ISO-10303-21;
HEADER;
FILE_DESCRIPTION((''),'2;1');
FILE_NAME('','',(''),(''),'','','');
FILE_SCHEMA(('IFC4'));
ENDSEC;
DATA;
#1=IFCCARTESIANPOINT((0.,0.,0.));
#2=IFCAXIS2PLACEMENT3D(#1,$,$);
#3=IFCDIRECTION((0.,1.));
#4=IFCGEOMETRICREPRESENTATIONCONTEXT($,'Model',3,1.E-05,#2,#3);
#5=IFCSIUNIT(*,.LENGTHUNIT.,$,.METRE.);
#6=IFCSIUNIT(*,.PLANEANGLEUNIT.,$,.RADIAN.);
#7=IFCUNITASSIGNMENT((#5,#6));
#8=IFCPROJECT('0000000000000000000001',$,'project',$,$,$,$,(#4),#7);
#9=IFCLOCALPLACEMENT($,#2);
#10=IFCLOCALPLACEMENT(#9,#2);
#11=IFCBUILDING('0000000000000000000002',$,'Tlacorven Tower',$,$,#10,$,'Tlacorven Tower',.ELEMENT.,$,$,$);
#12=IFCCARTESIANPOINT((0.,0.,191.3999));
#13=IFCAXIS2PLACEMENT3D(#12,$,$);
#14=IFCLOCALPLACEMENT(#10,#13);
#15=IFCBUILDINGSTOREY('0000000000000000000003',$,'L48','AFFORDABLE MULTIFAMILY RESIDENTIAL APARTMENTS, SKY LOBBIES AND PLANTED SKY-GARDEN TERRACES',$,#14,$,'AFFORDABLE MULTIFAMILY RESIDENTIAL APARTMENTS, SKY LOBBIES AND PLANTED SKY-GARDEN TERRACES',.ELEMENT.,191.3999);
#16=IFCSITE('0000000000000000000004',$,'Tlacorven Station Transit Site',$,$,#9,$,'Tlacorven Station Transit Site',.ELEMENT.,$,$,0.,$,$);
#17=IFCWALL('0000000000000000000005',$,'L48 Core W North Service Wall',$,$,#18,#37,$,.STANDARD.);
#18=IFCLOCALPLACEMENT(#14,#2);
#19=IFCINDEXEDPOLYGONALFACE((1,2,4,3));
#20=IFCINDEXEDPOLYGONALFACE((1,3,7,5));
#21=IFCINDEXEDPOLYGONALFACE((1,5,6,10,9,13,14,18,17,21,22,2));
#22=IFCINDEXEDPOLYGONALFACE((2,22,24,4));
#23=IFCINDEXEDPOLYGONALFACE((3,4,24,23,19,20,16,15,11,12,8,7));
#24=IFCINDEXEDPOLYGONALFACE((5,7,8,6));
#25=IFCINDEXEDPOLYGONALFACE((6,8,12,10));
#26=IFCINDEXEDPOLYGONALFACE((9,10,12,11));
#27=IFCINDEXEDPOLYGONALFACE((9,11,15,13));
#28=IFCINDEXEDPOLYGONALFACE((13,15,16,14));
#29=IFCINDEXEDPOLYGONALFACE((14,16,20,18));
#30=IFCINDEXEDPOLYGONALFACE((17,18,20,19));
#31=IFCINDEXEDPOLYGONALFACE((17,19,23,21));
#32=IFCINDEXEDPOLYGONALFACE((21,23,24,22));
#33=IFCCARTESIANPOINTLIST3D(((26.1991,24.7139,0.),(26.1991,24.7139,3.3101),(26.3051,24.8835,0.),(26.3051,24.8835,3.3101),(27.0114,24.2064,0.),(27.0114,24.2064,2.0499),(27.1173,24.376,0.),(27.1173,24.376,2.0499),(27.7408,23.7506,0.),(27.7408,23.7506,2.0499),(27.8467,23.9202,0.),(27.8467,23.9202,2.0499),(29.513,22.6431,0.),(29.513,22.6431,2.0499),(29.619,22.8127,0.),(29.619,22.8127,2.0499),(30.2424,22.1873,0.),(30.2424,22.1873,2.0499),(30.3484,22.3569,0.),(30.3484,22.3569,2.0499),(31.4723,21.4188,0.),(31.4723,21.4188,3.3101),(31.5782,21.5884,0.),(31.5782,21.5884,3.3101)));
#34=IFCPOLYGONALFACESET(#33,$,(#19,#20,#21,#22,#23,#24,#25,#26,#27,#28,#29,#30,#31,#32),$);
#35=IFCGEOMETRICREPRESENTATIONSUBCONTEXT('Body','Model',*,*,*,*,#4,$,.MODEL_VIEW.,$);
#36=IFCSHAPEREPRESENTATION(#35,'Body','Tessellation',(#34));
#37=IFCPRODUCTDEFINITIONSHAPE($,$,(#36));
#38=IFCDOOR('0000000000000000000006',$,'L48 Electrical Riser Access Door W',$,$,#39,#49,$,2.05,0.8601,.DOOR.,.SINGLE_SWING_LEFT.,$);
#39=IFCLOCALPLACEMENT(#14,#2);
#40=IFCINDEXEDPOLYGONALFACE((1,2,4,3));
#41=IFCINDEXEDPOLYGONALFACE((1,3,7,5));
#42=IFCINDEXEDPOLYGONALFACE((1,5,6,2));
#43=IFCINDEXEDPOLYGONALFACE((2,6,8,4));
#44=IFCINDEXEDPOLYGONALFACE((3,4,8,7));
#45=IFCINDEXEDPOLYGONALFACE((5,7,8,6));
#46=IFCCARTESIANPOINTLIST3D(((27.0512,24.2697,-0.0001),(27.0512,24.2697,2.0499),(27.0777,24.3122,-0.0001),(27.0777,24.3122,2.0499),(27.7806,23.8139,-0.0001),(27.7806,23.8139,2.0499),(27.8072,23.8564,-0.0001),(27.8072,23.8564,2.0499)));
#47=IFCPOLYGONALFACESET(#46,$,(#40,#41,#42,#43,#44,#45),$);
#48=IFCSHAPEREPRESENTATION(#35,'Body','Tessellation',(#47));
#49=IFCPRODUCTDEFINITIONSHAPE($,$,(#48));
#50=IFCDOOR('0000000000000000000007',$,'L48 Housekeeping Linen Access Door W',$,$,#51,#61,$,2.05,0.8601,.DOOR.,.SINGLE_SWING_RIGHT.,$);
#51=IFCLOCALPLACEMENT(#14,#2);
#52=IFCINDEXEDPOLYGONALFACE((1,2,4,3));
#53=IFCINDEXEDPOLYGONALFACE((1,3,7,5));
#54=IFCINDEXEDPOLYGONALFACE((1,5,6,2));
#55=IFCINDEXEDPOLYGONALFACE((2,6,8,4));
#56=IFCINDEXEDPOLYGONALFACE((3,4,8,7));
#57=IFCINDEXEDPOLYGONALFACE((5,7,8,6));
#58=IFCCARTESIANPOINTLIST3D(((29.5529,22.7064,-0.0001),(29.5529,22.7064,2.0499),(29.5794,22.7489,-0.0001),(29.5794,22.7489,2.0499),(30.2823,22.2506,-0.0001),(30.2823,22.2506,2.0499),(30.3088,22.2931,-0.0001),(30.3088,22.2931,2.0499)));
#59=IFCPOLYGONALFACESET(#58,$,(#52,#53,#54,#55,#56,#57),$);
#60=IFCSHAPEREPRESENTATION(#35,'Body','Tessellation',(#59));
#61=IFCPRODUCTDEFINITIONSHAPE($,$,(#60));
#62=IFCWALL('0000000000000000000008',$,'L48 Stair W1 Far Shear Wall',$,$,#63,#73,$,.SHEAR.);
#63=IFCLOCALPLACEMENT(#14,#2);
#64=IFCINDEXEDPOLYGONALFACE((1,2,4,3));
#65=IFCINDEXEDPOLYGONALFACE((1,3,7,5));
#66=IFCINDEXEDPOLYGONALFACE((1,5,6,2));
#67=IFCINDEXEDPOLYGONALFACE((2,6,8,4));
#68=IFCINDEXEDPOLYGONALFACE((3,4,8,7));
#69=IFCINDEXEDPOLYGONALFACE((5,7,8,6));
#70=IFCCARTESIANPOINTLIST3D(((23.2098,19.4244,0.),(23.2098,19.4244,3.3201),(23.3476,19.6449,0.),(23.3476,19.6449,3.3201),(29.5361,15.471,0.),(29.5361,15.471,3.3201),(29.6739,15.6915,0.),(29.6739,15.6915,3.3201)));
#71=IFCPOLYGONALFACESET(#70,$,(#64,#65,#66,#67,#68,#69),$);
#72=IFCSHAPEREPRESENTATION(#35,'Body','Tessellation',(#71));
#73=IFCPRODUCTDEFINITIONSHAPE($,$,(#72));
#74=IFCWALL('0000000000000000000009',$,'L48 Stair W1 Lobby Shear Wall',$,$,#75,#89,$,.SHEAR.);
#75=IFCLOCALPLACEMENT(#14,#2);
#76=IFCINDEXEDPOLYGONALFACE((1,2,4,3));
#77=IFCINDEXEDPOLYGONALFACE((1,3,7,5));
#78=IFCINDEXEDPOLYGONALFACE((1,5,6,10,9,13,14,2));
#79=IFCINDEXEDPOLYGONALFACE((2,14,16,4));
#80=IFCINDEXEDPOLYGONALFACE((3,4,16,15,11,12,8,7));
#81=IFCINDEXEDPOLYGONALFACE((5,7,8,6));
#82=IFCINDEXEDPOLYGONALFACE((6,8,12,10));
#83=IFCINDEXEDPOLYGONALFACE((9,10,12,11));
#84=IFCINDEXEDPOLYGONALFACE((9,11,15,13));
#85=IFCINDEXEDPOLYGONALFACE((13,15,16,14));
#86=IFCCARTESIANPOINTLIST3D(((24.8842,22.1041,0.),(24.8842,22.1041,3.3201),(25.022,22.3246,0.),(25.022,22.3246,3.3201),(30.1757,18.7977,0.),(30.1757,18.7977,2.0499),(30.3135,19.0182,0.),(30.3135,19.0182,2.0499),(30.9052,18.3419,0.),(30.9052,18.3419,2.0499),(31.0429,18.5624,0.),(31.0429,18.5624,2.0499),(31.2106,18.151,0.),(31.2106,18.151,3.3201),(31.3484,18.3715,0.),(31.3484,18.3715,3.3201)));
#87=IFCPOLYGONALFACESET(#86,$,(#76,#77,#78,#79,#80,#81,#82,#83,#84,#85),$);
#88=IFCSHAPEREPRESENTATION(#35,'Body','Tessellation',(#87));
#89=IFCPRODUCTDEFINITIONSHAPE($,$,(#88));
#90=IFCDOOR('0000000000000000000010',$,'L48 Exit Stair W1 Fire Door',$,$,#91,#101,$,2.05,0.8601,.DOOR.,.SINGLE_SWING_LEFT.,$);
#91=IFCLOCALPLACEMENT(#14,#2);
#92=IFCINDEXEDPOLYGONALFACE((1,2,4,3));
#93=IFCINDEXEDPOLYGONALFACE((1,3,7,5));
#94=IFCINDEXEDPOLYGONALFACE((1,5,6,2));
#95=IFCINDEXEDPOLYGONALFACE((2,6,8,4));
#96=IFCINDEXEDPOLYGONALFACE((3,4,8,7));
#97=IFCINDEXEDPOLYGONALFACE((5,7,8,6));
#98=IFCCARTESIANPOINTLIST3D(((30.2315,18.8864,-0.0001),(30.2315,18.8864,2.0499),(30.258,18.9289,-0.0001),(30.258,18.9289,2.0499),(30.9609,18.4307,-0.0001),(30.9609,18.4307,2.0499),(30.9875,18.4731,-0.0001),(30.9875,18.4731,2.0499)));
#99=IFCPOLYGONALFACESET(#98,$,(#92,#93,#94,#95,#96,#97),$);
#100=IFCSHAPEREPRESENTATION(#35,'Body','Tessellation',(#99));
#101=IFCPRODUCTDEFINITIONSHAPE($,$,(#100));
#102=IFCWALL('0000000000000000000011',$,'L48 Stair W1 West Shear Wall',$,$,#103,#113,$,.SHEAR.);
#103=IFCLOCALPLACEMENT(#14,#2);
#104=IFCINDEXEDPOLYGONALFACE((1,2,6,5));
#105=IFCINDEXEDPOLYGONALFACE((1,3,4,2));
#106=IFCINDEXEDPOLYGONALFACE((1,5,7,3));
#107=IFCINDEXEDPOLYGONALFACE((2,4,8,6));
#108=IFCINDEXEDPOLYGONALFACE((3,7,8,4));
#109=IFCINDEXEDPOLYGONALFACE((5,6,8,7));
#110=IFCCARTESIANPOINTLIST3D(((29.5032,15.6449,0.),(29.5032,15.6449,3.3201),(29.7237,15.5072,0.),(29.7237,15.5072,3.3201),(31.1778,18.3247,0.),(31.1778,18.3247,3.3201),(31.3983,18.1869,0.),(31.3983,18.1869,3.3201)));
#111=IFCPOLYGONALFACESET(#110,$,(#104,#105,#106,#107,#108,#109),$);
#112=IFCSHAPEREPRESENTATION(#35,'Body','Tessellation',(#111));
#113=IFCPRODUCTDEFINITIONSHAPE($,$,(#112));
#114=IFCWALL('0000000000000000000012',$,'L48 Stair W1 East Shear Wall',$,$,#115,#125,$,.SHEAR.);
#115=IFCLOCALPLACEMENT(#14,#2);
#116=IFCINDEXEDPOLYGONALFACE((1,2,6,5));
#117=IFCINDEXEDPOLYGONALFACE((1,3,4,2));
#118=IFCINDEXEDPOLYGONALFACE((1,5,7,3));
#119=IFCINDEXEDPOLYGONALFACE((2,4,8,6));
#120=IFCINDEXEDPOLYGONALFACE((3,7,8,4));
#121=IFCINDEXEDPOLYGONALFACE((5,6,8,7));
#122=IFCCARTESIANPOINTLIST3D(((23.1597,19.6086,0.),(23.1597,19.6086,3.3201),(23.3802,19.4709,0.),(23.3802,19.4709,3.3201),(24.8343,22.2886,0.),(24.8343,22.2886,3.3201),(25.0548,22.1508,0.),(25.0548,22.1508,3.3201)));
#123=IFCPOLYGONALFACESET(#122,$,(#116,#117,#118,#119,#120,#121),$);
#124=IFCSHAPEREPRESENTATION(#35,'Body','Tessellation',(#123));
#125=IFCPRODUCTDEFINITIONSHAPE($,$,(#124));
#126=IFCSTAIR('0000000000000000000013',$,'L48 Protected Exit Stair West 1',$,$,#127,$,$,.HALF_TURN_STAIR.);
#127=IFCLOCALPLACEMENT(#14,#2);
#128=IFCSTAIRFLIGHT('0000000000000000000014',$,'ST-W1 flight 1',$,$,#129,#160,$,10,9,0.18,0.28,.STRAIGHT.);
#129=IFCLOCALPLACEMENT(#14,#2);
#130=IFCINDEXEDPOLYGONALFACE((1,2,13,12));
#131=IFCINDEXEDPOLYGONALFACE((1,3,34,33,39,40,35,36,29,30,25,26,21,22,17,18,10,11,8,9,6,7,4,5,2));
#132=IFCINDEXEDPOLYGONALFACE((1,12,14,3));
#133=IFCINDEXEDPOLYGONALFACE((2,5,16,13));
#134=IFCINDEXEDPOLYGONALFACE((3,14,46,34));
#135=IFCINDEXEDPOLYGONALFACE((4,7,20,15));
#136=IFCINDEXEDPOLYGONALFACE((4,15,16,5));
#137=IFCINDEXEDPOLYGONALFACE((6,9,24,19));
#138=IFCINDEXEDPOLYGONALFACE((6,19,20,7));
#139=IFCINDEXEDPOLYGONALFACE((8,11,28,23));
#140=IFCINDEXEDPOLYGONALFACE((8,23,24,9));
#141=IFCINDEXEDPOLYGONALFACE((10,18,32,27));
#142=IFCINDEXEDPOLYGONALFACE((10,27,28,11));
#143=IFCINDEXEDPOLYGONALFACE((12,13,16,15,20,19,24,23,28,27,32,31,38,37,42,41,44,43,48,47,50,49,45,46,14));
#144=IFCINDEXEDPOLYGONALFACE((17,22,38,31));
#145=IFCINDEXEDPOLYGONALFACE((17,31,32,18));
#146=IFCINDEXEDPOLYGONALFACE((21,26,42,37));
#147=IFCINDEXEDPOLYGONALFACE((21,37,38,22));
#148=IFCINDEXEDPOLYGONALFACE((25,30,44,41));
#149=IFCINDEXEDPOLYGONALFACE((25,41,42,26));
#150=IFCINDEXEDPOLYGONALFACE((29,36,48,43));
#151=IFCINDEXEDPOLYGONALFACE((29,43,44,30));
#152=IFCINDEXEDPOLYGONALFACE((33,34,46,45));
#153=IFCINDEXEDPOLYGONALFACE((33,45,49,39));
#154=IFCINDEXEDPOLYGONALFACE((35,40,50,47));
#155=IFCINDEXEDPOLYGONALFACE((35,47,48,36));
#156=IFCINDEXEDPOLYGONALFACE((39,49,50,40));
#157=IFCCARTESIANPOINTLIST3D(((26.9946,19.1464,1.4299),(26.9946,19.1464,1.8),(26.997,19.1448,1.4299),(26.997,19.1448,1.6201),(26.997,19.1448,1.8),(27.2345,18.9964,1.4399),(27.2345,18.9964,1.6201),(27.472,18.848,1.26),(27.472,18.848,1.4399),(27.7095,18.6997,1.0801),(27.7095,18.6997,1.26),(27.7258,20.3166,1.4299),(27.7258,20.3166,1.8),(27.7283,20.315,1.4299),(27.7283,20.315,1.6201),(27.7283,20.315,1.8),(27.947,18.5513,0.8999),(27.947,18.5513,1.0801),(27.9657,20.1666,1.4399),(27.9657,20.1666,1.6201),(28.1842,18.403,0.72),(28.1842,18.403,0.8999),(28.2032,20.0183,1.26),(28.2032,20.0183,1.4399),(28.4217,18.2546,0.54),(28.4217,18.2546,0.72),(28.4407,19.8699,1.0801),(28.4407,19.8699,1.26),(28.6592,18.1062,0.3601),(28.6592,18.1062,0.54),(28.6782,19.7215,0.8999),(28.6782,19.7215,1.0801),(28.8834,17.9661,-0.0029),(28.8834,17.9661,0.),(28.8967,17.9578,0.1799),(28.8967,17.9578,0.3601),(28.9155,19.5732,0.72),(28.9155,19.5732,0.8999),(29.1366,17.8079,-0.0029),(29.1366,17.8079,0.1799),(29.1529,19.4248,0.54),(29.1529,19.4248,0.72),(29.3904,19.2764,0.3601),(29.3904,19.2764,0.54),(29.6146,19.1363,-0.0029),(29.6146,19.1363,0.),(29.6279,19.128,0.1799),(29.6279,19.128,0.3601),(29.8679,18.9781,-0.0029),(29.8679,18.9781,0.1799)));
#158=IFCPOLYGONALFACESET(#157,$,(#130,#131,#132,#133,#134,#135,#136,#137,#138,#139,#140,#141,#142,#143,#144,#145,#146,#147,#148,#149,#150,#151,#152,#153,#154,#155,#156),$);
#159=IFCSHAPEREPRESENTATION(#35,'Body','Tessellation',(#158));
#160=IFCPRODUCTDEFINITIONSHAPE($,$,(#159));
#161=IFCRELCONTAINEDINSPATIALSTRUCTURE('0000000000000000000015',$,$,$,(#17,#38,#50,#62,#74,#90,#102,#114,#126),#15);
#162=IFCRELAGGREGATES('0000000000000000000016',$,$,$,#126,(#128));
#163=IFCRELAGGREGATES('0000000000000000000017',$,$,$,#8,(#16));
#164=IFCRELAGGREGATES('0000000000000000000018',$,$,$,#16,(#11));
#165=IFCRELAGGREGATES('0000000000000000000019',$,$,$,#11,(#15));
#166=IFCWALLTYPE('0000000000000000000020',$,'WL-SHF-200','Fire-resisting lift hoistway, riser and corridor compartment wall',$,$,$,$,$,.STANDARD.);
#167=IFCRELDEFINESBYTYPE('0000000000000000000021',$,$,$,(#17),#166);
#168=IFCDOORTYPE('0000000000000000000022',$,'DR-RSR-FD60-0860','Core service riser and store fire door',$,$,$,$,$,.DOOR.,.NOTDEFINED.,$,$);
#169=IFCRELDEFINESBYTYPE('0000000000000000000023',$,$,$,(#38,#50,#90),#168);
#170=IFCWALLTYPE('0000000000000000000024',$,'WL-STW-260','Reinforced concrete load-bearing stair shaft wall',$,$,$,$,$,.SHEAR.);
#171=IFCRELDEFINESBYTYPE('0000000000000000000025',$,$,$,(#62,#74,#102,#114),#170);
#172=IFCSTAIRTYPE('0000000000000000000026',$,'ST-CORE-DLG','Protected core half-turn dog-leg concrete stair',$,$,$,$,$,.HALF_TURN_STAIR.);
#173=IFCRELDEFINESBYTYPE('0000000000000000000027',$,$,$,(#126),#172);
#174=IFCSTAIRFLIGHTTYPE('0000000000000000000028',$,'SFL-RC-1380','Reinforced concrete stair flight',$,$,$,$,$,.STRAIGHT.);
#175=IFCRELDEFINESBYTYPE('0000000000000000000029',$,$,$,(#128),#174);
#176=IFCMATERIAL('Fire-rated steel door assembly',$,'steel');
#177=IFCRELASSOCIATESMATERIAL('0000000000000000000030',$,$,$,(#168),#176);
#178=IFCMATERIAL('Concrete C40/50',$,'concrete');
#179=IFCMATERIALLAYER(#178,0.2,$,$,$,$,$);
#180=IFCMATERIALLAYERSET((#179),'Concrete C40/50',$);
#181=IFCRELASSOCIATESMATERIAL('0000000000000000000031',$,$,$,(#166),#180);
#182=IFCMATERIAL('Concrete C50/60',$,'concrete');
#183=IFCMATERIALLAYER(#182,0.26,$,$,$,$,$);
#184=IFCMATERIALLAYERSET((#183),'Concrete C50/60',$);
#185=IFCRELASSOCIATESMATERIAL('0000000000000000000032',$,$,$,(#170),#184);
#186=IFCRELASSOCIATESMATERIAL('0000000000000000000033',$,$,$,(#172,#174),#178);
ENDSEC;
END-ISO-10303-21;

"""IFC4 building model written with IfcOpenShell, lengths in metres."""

from ifc_helpers import new_model, si_unit, direction, frame, frame_2d, origin, place, context, subcontext, project, spatial, polyline, rectangle, outline, extrude, source, transform, mapped, material, layer, layer_set, type_object, element, fill, aggregate, save


model = new_model("IFC4")

# Units and contexts
model_context = context("Model", 3, precision=1e-05, world=origin(), true_north=direction((0.0, 1.0)))
body_context = subcontext(model_context, "Body", "Model", "MODEL_VIEW")
ifc_project = project(units=[si_unit("LENGTHUNIT", "METRE"), si_unit("PLANEANGLEUNIT", "RADIAN")], contexts=[model_context])

# Site, building, storey
site_placement = place(None, origin())
site = spatial("IfcSite", under=ifc_project, at=site_placement, Name="Tlacorven Station Transit Site", LongName="Tlacorven Station Transit Site", CompositionType="ELEMENT", RefElevation=0.0)
building_placement = place(site_placement, origin())
building = spatial("IfcBuilding", under=site, at=building_placement, Name="Tlacorven Tower", LongName="Tlacorven Tower", CompositionType="ELEMENT")
storey_placement = place(building_placement, frame((0.0, 0.0, 191.3999)))
storey = spatial("IfcBuildingStorey", under=building, at=storey_placement, Name="L48", Description="AFFORDABLE MULTIFAMILY RESIDENTIAL APARTMENTS, SKY LOBBIES AND PLANTED SKY-GARDEN TERRACES", LongName="AFFORDABLE MULTIFAMILY RESIDENTIAL APARTMENTS, SKY LOBBIES AND PLANTED SKY-GARDEN TERRACES", CompositionType="ELEMENT", Elevation=191.3999)

# Shared definitions
ifc_material_1 = material(Name="Fire-rated steel door assembly", Category="steel")
door_type_1 = type_object("IfcDoorType", Name="DR-RSR-FD60-0860", Description="Core service riser and store fire door", OperationType="NOTDEFINED", PredefinedType="DOOR", material=ifc_material_1)
shared_shape_1 = source(origin(), body_context, "Body", "SweptSolid", [
    extrude(rectangle(XDim=0.8601, YDim=2.05, at=frame_2d((0.4302, 1.0249))), frame((0.0, 0.0249, 0.0), z_axis=(0.0, -1.0, 0.0), x_axis=(1.0, 0.0, 0.0)), (0.0, 0.0, 1.0), 0.05),
])

# Shared definitions
ifc_material_2 = material(Name="Concrete C40/50", Category="concrete")
ifc_layer_1 = layer(ifc_material_2, 0.2)
ifc_layer_set_1 = layer_set([ifc_layer_1], Name="Concrete C40/50")
wall_type_1 = type_object("IfcWallType", Name="WL-SHF-200", Description="Fire-resisting lift hoistway, riser and corridor compartment wall", PredefinedType="STANDARD", material=ifc_layer_set_1)

# Wall, openings, doors
wall_1_placement = place(storey_placement, frame((31.5251, 21.5037, 0.0), z_axis=(0.0, 0.0, 1.0), x_axis=(-0.84804, 0.529932, 0.0)))
wall_1 = element("IfcWall", 1, at=wall_1_placement, inside=storey, type_object=wall_type_1, Name="L48 Core W North Service Wall", PredefinedType="STANDARD", context=body_context, shape_type="SweptSolid", body=[
    extrude(rectangle(XDim=6.218, YDim=0.2, at=frame_2d((3.1089, 0.0))), origin(), (0.0, 0.0, 1.0), 3.3101),
])
opening_1_placement = place(wall_1_placement, frame((4.3999, 0.0, 0.0)))
opening_1 = element("IfcOpeningElement", 2, at=opening_1_placement, cuts=wall_1, PredefinedType="OPENING", context=body_context, shape_type="SweptSolid", body=[
    extrude(rectangle(XDim=0.8601, YDim=2.05, at=frame_2d((0.4302, 1.0249))), frame((0.0, 0.1099, 0.0), z_axis=(0.0, -1.0, 0.0), x_axis=(1.0, 0.0, 0.0)), (0.0, 0.0, 1.0), 0.22),
])
opening_2_placement = place(wall_1_placement, frame((1.45, 0.0, 0.0)))
opening_2 = element("IfcOpeningElement", 3, at=opening_2_placement, cuts=wall_1, PredefinedType="OPENING", context=body_context, shape_type="SweptSolid", body=[
    extrude(rectangle(XDim=0.8601, YDim=2.05, at=frame_2d((0.4302, 1.0249))), frame((0.0, 0.1099, 0.0), z_axis=(0.0, -1.0, 0.0), x_axis=(1.0, 0.0, 0.0)), (0.0, 0.0, 1.0), 0.22),
])
door_1_placement = place(opening_1_placement, frame((0.8601, 0.0, 0.0), z_axis=(0.0, 0.0, 1.0), x_axis=(-1.0, 0.0, 0.0)))
door_1 = element("IfcDoor", 4, at=door_1_placement, inside=storey, type_object=door_type_1, Name="L48 Electrical Riser Access Door W", OperationType="SINGLE_SWING_LEFT", OverallHeight=2.05, OverallWidth=0.8601, PredefinedType="DOOR", context=body_context, shape_type="MappedRepresentation", body=[
    mapped(shared_shape_1, transform((0.0, 0.0, 0.0), scale=1.0)),
])
fill(opening_1, door_1)
door_2_placement = place(opening_2_placement, frame((0.8601, 0.0, 0.0), z_axis=(0.0, 0.0, 1.0), x_axis=(-1.0, 0.0, 0.0)))
door_2 = element("IfcDoor", 5, at=door_2_placement, inside=storey, type_object=door_type_1, Name="L48 Housekeeping Linen Access Door W", OperationType="SINGLE_SWING_RIGHT", OverallHeight=2.05, OverallWidth=0.8601, PredefinedType="DOOR", context=body_context, shape_type="MappedRepresentation", body=[
    mapped(shared_shape_1, transform((0.0, 0.0, 0.0), scale=1.0)),
])
fill(opening_2, door_2)

# Wall
ifc_material_3 = material(Name="Concrete C50/60", Category="concrete")
ifc_layer_2 = layer(ifc_material_3, 0.26)
ifc_layer_set_2 = layer_set([ifc_layer_2], Name="Concrete C50/60")
wall_type_2 = type_object("IfcWallType", Name="WL-STW-260", Description="Reinforced concrete load-bearing stair shaft wall", PredefinedType="SHEAR", material=ifc_layer_set_2)
wall_2_placement = place(storey_placement, frame((29.605, 15.5813, 0.0), z_axis=(0.0, 0.0, 1.0), x_axis=(-0.848037, 0.529937, 0.0)))
element("IfcWall", 6, at=wall_2_placement, inside=storey, type_object=wall_type_2, Name="L48 Stair W1 Far Shear Wall", PredefinedType="SHEAR", context=body_context, shape_type="SweptSolid", body=[
    extrude(rectangle(XDim=7.46, YDim=0.26, at=frame_2d((3.73, 0.0))), origin(), (0.0, 0.0, 1.0), 3.3201),
])

# Wall, opening, door
wall_3_placement = place(storey_placement, frame((31.2795, 18.2612, 0.0), z_axis=(0.0, 0.0, 1.0), x_axis=(-0.848052, 0.529914, 0.0)))
wall_3 = element("IfcWall", 7, at=wall_3_placement, inside=storey, type_object=wall_type_2, Name="L48 Stair W1 Lobby Shear Wall", PredefinedType="SHEAR", context=body_context, shape_type="SweptSolid", body=[
    extrude(rectangle(XDim=7.46, YDim=0.26, at=frame_2d((3.73, 0.0))), origin(), (0.0, 0.0, 1.0), 3.3201),
])
opening_3_placement = place(wall_3_placement, frame((0.3601, 0.0, 0.0)))
opening_3 = element("IfcOpeningElement", 8, at=opening_3_placement, cuts=wall_3, PredefinedType="OPENING", context=body_context, shape_type="SweptSolid", body=[
    extrude(rectangle(XDim=0.8601, YDim=2.05, at=frame_2d((0.4302, 1.0249))), frame((0.0, 0.1401, 0.0), z_axis=(0.0, -1.0, 0.0), x_axis=(1.0, 0.0, 0.0)), (0.0, 0.0, 1.0), 0.28),
])
door_3_placement = place(opening_3_placement, frame((0.8601, 0.0, 0.0), z_axis=(0.0, 0.0, 1.0), x_axis=(-1.0, 0.0, 0.0)))
door_3 = element("IfcDoor", 9, at=door_3_placement, inside=storey, type_object=door_type_1, Name="L48 Exit Stair W1 Fire Door", OperationType="SINGLE_SWING_LEFT", OverallHeight=2.05, OverallWidth=0.8601, PredefinedType="DOOR", context=body_context, shape_type="MappedRepresentation", body=[
    mapped(shared_shape_1, transform((0.0, 0.0, 0.0), scale=1.0)),
])
fill(opening_3, door_3)

# Walls
wall_4_placement = place(storey_placement, frame((31.2881, 18.2559, 0.0), z_axis=(0.0, 0.0, 1.0), x_axis=(-0.529943, -0.848033, 0.0)))
element("IfcWall", 10, at=wall_4_placement, inside=storey, type_object=wall_type_2, Name="L48 Stair W1 West Shear Wall", PredefinedType="SHEAR", context=body_context, shape_type="SweptSolid", body=[
    extrude(rectangle(XDim=3.1599, YDim=0.26, at=frame_2d((1.5801, 0.0))), origin(), (0.0, 0.0, 1.0), 3.3201),
])
wall_5_placement = place(storey_placement, frame((24.9446, 22.2197, 0.0), z_axis=(0.0, 0.0, 1.0), x_axis=(-0.529909, -0.848055, 0.0)))
element("IfcWall", 11, at=wall_5_placement, inside=storey, type_object=wall_type_2, Name="L48 Stair W1 East Shear Wall", PredefinedType="SHEAR", context=body_context, shape_type="SweptSolid", body=[
    extrude(rectangle(XDim=3.1602, YDim=0.26, at=frame_2d((1.5801, 0.0))), origin(), (0.0, 0.0, 1.0), 3.3201),
])

# Stair, stair flight
stair_type = type_object("IfcStairType", Name="ST-CORE-DLG", Description="Protected core half-turn dog-leg concrete stair", PredefinedType="HALF_TURN_STAIR", material=ifc_material_2)
stair_placement = place(storey_placement, origin())
stair = element("IfcStair", 12, at=stair_placement, inside=storey, type_object=stair_type, Name="L48 Protected Exit Stair West 1", PredefinedType="HALF_TURN_STAIR")
stair_flight_type = type_object("IfcStairFlightType", Name="SFL-RC-1380", Description="Reinforced concrete stair flight", PredefinedType="STRAIGHT", material=ifc_material_2)
shared_shape_2 = source(origin(), body_context, "Body", "SweptSolid", [
    extrude(outline(polyline([(-0.0029, -0.0029), (-0.0029, 0.1799), (0.28, 0.1799), (0.28, 0.3601), (0.5601, 0.3601), (0.5601, 0.54), (0.8401, 0.54), (0.8401, 0.72), (1.1201, 0.72), (1.1201, 0.8999), (1.3999, 0.8999), (1.3999, 1.0801), (1.6799, 1.0801), (1.6799, 1.26), (1.96, 1.26), (1.96, 1.4399), (2.24, 1.4399), (2.24, 1.6201), (2.52, 1.6201), (2.52, 1.8), (2.5229, 1.8), (2.5229, 1.4299), (2.52, 1.4299), (0.2957, 0.0), (0.2957, -0.0029), (-0.0029, -0.0029)])), frame((0.0, 0.6899, 0.0), z_axis=(0.0, -1.0, 0.0), x_axis=(1.0, 0.0, 0.0)), (0.0, 0.0, 1.0), 1.3799),
])
stair_flight_1_placement = place(storey_placement, frame((29.4998, 18.3945, 0.0), z_axis=(0.0, 0.0, 1.0), x_axis=(-0.848048, 0.529919, 0.0)))
stair_flight_1 = element("IfcStairFlight", 13, at=stair_flight_1_placement, type_object=stair_flight_type, Name="ST-W1 flight 1", NumberOfRisers=10, NumberOfTreads=9, PredefinedType="STRAIGHT", RiserHeight=0.18, TreadLength=0.28, context=body_context, shape_type="MappedRepresentation", body=[
    mapped(shared_shape_2, transform((0.0, 0.0, 0.0), scale=1.0)),
])
aggregate(stair, [stair_flight_1])

save(model, "model.ifc")
